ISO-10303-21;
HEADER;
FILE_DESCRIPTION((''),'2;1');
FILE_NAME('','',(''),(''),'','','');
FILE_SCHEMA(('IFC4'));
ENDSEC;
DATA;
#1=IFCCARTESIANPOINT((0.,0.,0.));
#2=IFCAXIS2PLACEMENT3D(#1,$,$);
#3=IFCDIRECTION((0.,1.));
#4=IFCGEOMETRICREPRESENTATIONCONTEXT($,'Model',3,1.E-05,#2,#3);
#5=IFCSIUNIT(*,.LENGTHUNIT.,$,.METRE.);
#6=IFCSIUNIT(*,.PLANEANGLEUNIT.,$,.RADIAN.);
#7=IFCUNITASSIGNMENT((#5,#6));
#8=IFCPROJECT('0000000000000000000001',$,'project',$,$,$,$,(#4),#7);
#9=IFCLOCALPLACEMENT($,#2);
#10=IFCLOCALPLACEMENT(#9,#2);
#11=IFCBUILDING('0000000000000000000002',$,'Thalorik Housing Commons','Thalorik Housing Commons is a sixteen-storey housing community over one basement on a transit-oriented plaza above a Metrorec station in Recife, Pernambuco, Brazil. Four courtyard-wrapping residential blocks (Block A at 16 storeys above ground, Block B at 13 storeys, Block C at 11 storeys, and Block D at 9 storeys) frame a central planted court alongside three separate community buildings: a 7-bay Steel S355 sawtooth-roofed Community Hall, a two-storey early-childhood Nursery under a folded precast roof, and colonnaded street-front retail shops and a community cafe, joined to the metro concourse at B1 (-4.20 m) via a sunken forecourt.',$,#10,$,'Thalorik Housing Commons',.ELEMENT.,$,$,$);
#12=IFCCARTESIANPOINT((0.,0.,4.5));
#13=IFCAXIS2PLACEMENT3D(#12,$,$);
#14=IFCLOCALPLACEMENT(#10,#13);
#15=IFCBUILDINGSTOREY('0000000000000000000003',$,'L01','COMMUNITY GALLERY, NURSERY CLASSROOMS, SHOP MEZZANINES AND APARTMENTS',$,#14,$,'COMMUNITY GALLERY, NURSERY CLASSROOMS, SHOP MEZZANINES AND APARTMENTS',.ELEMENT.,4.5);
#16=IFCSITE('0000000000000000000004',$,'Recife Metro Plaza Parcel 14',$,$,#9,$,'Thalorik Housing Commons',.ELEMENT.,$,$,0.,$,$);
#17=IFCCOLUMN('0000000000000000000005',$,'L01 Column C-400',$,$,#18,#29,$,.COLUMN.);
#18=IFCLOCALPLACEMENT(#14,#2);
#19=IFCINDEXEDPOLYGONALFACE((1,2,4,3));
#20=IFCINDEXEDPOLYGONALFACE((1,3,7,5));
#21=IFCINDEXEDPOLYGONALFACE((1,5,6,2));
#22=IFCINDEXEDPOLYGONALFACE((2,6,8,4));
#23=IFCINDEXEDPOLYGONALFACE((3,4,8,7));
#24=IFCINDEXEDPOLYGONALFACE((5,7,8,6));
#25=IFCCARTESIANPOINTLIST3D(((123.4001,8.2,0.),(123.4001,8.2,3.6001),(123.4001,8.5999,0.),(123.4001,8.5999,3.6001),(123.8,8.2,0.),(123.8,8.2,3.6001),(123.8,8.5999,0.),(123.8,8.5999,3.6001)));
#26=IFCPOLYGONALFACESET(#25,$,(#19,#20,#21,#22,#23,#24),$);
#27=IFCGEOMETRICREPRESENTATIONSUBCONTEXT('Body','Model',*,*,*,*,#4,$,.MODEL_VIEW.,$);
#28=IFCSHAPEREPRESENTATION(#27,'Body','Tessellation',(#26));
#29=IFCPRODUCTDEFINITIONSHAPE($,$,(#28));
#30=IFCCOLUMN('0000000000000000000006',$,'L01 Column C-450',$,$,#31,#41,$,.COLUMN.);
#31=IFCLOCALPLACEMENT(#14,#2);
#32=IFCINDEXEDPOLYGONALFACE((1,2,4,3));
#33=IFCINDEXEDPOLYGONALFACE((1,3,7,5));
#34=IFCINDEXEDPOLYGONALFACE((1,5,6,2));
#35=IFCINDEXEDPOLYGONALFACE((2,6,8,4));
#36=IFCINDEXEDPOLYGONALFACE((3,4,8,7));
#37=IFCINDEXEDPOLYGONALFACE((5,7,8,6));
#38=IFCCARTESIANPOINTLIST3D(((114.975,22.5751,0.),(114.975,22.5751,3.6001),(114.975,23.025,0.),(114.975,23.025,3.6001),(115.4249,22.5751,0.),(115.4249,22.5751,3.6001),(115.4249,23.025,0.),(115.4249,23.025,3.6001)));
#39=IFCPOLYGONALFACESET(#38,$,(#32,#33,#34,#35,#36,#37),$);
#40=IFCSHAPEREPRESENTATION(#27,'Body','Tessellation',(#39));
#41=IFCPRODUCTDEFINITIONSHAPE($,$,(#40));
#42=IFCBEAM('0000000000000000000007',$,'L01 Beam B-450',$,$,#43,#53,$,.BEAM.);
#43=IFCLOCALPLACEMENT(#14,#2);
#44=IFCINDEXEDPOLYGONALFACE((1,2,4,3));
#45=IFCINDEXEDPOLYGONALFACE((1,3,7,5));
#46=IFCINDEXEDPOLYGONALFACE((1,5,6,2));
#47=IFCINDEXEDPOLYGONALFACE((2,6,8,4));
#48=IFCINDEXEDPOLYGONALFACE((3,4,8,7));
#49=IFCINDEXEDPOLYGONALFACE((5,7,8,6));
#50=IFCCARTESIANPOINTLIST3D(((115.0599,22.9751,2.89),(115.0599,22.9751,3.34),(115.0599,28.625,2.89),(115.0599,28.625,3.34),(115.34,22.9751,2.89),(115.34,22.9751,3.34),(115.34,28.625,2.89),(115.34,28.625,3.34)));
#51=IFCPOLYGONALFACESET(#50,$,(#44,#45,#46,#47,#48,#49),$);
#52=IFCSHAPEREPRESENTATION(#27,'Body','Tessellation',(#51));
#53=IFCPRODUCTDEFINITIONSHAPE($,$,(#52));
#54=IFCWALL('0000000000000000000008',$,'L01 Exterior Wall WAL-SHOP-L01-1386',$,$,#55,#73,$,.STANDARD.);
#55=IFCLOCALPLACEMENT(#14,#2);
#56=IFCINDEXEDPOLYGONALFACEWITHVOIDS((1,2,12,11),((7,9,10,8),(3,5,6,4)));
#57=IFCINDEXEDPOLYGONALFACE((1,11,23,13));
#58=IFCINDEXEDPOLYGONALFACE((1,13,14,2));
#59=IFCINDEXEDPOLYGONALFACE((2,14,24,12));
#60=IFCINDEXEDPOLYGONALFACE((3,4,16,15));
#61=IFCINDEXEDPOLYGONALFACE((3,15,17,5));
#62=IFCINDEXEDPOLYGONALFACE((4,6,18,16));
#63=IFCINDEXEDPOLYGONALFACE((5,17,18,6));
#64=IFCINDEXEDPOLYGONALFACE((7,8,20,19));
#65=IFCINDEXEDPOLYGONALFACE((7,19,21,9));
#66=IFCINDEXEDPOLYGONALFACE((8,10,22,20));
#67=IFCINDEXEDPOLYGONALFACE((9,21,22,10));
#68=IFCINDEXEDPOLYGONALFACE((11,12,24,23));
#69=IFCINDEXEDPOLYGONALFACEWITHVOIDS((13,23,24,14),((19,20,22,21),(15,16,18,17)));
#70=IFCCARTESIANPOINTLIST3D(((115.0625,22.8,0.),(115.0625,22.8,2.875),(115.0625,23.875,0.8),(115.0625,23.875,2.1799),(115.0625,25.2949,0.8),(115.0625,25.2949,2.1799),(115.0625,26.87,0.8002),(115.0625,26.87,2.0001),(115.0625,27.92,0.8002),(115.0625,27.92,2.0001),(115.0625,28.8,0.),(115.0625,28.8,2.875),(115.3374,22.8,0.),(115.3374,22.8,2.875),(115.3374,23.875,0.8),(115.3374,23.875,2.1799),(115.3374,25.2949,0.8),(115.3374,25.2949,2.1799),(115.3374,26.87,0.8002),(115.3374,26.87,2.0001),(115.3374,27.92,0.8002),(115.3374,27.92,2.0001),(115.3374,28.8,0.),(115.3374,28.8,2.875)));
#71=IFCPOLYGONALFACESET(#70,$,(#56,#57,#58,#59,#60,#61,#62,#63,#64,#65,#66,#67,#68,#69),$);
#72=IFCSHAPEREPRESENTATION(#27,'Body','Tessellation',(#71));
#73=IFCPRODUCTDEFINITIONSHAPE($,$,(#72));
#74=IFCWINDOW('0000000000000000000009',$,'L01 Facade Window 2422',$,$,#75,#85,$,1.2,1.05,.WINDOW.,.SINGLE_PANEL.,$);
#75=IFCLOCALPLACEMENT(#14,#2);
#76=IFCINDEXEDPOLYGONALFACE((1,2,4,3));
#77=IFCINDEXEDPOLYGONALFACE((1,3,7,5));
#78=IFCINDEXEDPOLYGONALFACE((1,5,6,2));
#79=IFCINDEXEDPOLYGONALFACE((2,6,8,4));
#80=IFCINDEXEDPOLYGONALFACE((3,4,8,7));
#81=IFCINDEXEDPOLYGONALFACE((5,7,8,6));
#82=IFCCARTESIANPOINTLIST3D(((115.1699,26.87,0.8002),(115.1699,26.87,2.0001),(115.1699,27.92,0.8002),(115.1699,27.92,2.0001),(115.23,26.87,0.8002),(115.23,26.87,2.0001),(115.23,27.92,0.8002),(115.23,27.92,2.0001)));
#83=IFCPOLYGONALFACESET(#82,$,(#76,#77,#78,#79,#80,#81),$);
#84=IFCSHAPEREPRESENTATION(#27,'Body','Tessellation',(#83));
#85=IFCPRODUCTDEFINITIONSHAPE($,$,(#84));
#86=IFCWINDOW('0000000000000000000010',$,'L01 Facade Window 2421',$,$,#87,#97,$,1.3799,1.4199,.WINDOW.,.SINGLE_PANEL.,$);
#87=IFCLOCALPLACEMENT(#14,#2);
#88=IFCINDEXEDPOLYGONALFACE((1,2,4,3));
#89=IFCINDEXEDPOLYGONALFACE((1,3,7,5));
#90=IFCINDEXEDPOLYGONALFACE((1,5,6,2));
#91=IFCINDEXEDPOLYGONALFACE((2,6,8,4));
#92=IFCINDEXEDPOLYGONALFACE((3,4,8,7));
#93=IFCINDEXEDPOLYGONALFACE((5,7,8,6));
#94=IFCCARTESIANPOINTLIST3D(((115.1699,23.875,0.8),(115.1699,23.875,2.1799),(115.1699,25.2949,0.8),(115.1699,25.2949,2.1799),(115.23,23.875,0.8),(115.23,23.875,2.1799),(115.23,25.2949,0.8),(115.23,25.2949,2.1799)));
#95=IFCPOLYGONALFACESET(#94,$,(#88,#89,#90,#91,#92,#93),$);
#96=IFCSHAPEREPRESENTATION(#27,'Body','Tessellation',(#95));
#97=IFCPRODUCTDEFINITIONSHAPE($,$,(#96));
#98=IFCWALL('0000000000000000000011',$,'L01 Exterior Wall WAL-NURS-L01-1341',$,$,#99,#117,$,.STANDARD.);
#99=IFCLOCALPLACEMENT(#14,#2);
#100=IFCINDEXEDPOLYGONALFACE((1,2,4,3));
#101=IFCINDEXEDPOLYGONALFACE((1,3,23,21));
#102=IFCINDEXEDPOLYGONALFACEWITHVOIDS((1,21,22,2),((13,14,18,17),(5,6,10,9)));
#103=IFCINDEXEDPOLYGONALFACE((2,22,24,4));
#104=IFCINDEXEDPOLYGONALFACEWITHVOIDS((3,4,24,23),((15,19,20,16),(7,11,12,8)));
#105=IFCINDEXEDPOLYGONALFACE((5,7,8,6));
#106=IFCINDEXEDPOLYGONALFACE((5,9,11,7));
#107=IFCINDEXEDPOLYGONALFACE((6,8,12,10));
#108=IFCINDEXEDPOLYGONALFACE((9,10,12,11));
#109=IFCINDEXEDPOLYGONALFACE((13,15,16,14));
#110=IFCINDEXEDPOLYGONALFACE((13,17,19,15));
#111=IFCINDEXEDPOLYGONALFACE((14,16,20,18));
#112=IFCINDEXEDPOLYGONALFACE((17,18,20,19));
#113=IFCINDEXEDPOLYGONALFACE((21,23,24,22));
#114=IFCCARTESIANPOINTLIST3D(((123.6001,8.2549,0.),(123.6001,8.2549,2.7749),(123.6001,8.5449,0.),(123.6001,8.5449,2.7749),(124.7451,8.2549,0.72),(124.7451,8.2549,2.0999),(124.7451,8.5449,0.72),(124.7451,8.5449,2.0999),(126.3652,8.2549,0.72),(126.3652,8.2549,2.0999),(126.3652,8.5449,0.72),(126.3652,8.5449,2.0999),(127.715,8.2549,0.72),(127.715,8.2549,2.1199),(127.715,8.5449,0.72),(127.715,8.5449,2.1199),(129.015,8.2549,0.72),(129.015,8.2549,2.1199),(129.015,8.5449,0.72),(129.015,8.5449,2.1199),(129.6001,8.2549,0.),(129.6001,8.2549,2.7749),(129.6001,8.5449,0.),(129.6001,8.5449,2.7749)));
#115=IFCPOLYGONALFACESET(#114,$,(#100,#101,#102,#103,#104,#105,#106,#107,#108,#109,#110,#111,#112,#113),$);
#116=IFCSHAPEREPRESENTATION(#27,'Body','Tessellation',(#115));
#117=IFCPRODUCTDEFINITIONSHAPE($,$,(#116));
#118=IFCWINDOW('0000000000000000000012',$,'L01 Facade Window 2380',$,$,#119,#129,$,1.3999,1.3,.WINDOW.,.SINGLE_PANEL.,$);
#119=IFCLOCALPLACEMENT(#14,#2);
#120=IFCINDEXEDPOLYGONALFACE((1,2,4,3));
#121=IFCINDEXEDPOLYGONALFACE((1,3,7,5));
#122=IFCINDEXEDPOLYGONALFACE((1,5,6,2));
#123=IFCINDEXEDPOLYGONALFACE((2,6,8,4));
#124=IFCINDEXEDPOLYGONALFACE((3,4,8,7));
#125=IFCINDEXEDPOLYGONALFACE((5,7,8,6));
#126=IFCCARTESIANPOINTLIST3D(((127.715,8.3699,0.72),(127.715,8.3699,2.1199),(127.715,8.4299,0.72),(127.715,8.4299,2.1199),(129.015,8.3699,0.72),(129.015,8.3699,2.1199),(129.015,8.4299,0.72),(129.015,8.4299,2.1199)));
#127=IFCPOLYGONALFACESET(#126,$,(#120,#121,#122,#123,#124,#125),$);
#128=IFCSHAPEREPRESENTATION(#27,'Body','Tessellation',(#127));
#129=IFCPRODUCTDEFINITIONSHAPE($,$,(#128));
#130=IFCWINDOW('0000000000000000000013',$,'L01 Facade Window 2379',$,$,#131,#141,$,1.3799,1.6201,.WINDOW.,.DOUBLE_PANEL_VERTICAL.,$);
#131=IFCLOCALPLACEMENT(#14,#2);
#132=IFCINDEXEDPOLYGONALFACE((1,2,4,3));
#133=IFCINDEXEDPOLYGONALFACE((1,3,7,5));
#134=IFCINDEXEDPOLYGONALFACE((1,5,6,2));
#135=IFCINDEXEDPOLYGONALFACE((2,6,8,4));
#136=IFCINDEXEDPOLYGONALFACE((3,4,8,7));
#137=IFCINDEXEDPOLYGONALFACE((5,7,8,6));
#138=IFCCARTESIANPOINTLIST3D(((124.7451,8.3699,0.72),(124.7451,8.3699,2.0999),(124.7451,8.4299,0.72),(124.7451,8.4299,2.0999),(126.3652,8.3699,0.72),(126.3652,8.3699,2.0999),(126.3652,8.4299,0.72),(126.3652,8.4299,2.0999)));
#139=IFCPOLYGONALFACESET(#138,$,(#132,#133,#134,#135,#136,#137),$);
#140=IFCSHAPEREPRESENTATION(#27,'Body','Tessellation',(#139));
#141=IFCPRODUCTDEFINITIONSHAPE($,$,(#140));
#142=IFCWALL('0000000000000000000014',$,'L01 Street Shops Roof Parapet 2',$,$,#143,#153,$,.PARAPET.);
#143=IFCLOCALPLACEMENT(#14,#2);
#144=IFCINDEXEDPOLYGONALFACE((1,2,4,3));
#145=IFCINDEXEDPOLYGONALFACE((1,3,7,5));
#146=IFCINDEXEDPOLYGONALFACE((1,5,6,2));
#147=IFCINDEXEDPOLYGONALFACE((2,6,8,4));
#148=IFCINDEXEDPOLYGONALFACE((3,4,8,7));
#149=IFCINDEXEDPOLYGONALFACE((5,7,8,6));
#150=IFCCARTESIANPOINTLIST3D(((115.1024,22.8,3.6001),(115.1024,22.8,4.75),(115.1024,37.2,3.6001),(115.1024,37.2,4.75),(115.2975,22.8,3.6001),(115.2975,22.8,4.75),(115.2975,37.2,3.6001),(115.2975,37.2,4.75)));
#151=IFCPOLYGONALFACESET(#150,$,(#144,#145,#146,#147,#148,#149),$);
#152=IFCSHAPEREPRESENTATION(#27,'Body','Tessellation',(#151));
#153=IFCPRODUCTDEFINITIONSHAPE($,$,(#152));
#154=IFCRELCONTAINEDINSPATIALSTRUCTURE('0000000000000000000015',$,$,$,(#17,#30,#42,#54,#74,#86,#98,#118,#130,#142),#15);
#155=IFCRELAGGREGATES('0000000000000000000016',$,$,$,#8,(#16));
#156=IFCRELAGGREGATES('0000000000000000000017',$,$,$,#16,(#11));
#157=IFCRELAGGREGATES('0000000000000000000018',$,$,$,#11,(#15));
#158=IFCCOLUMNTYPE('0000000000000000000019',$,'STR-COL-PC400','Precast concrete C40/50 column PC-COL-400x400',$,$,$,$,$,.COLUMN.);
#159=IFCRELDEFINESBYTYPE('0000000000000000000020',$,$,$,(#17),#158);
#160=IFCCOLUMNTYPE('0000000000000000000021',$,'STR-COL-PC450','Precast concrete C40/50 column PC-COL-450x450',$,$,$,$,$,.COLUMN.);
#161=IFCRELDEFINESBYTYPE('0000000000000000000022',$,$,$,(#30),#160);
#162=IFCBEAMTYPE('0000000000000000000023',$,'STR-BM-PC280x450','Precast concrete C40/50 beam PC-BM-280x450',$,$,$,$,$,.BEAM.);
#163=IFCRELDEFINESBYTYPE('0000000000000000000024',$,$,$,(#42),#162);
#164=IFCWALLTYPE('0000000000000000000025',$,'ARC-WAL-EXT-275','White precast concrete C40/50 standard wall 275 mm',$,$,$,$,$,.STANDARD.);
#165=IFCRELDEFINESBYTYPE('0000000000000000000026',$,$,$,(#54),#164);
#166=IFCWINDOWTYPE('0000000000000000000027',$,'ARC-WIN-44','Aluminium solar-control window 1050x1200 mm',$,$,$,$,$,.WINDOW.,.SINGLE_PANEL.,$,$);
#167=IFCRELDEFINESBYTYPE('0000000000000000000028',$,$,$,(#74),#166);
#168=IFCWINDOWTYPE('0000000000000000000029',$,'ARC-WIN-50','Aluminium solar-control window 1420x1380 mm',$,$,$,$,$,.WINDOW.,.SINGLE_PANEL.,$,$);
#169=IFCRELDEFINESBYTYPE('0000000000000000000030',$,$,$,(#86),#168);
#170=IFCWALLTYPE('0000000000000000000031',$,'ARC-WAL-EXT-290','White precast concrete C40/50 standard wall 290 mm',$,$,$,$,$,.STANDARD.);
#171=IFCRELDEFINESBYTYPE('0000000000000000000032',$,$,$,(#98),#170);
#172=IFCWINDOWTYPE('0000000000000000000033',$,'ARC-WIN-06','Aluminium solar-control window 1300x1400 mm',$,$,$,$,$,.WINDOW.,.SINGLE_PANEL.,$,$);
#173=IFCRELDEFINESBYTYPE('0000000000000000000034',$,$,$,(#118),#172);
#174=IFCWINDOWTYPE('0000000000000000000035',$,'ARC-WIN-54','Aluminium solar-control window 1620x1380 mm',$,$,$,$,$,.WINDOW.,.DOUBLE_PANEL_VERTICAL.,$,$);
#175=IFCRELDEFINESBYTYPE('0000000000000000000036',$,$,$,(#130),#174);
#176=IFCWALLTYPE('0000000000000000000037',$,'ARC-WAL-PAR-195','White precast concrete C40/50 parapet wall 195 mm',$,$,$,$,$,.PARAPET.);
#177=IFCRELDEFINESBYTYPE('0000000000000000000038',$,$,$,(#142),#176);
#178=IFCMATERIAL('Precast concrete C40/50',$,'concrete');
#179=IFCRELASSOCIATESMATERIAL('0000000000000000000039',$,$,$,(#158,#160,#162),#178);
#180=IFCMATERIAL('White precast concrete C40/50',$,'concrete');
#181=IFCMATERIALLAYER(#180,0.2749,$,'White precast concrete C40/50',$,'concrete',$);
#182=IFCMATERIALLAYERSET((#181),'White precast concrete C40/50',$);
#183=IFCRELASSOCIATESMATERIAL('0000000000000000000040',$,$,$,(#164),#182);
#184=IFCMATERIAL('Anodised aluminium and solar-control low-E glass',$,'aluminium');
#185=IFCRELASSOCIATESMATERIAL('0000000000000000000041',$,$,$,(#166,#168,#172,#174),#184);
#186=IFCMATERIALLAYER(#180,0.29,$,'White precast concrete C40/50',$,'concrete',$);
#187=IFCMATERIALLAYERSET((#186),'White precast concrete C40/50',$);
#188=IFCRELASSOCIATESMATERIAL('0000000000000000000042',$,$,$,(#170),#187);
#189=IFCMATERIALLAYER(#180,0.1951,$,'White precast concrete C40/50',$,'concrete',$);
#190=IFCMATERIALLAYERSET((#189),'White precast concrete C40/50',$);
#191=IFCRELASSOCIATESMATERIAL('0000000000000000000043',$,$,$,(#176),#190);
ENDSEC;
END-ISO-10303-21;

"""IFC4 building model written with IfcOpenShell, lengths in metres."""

from ifc_helpers import new_model, si_unit, direction, frame, frame_2d, origin, origin_2d, place, context, subcontext, project, spatial, rectangle, extrude, material, layer, layer_set, material_profile, profile_set, type_object, element, fill, save


model = new_model("IFC4")

# Units and contexts
model_context = context("Model", 3, precision=1e-05, world=origin(), true_north=direction((0.0, 1.0)))
body_context = subcontext(model_context, "Body", "Model", "MODEL_VIEW")
ifc_project = project(units=[si_unit("LENGTHUNIT", "METRE"), si_unit("PLANEANGLEUNIT", "RADIAN")], contexts=[model_context])

# Site, building, storey
site_placement = place(None, origin())
site = spatial("IfcSite", under=ifc_project, at=site_placement, Name="Recife Metro Plaza Parcel 14", LongName="Thalorik Housing Commons", CompositionType="ELEMENT", RefElevation=0.0)
building_placement = place(site_placement, origin())
building = spatial("IfcBuilding", under=site, at=building_placement, Name="Thalorik Housing Commons", Description="Thalorik Housing Commons is a sixteen-storey housing community over one basement on a transit-oriented plaza above a Metrorec station in Recife, Pernambuco, Brazil. Four courtyard-wrapping residential blocks (Block A at 16 storeys above ground, Block B at 13 storeys, Block C at 11 storeys, and Block D at 9 storeys) frame a central planted court alongside three separate community buildings: a 7-bay Steel S355 sawtooth-roofed Community Hall, a two-storey early-childhood Nursery under a folded precast roof, and colonnaded street-front retail shops and a community cafe, joined to the metro concourse at B1 (-4.20 m) via a sunken forecourt.", LongName="Thalorik Housing Commons", CompositionType="ELEMENT")
storey_placement = place(building_placement, frame((0.0, 0.0, 4.5)))
storey = spatial("IfcBuildingStorey", under=building, at=storey_placement, Name="L01", Description="COMMUNITY GALLERY, NURSERY CLASSROOMS, SHOP MEZZANINES AND APARTMENTS", LongName="COMMUNITY GALLERY, NURSERY CLASSROOMS, SHOP MEZZANINES AND APARTMENTS", CompositionType="ELEMENT", Elevation=4.5)

# Columns
ifc_material_1 = material(Name="Precast concrete C40/50", Category="concrete")
ifc_material_profile_1 = material_profile(ifc_material_1, rectangle(XDim=0.3999, YDim=0.3999, at=origin_2d()), Name="PC 400x400", Category="concrete")
ifc_profile_set_1 = profile_set([ifc_material_profile_1], Name="Precast concrete C40/50")
column_type_1 = type_object("IfcColumnType", Name="STR-COL-PC400", Description="Precast concrete C40/50 column PC-COL-400x400", PredefinedType="COLUMN", material=ifc_profile_set_1)
column_1_placement = place(storey_placement, frame((123.6001, 8.3999, 0.0), z_axis=(0.0, 0.0, 1.0), x_axis=(1.0, 0.0, 0.0)))
element("IfcColumn", 1, at=column_1_placement, inside=storey, type_object=column_type_1, Name="L01 Column C-400", PredefinedType="COLUMN", context=body_context, shape_type="SweptSolid", body=[
    extrude(rectangle(XDim=0.3999, YDim=0.3999, at=origin_2d()), origin(), (0.0, 0.0, 1.0), 3.6001),
])
ifc_material_profile_2 = material_profile(ifc_material_1, rectangle(XDim=0.45, YDim=0.45, at=origin_2d()), Name="PC 450x450", Category="concrete")
ifc_profile_set_2 = profile_set([ifc_material_profile_2], Name="Precast concrete C40/50")
column_type_2 = type_object("IfcColumnType", Name="STR-COL-PC450", Description="Precast concrete C40/50 column PC-COL-450x450", PredefinedType="COLUMN", material=ifc_profile_set_2)
column_2_placement = place(storey_placement, frame((115.2, 22.8, 0.0), z_axis=(0.0, 0.0, 1.0), x_axis=(1.0, 0.0, 0.0)))
element("IfcColumn", 2, at=column_2_placement, inside=storey, type_object=column_type_2, Name="L01 Column C-450", PredefinedType="COLUMN", context=body_context, shape_type="SweptSolid", body=[
    extrude(rectangle(XDim=0.45, YDim=0.45, at=origin_2d()), origin(), (0.0, 0.0, 1.0), 3.6001),
])

# Beam
ifc_material_profile_3 = material_profile(ifc_material_1, rectangle(XDim=0.28, YDim=0.45, at=origin_2d()), Name="PC 280x450", Category="concrete")
ifc_profile_set_3 = profile_set([ifc_material_profile_3], Name="Precast concrete C40/50")
beam_type = type_object("IfcBeamType", Name="STR-BM-PC280x450", Description="Precast concrete C40/50 beam PC-BM-280x450", PredefinedType="BEAM", material=ifc_profile_set_3)
beam_placement = place(storey_placement, frame((115.2, 22.9751, 3.115), z_axis=(0.0, 1.0, 0.0), x_axis=(-1.0, 0.0, 0.0)))
element("IfcBeam", 3, at=beam_placement, inside=storey, type_object=beam_type, Name="L01 Beam B-450", PredefinedType="BEAM", context=body_context, shape_type="SweptSolid", body=[
    extrude(rectangle(XDim=0.28, YDim=0.45, at=origin_2d()), origin(), (0.0, 0.0, 1.0), 5.6499),
])

# Walls, openings, windows
ifc_material_2 = material(Name="White precast concrete C40/50", Category="concrete")
ifc_layer_1 = layer(ifc_material_2, 0.2749, Name="White precast concrete C40/50", Category="concrete")
ifc_layer_set_1 = layer_set([ifc_layer_1], Name="White precast concrete C40/50")
wall_type_1 = type_object("IfcWallType", Name="ARC-WAL-EXT-275", Description="White precast concrete C40/50 standard wall 275 mm", PredefinedType="STANDARD", material=ifc_layer_set_1)
wall_1_placement = place(storey_placement, frame((115.2, 22.8, 0.0), z_axis=(0.0, 0.0, 1.0), x_axis=(0.0, 1.0, 0.0)))
wall_1 = element("IfcWall", 4, at=wall_1_placement, inside=storey, type_object=wall_type_1, Name="L01 Exterior Wall WAL-SHOP-L01-1386", PredefinedType="STANDARD", context=body_context, shape_type="SweptSolid", body=[
    extrude(rectangle(XDim=6.0, YDim=0.2749, at=frame_2d((3.0, 0.0))), origin(), (0.0, 0.0, 1.0), 2.875),
])
opening_1_placement = place(wall_1_placement, frame((1.075, 0.0, 0.8)))
opening_1 = element("IfcOpeningElement", 5, at=opening_1_placement, cuts=wall_1, PredefinedType="OPENING", context=body_context, shape_type="SweptSolid", body=[
    extrude(rectangle(XDim=1.4199, YDim=1.3799, at=frame_2d((0.71, 0.6899))), frame((0.0, 0.1475, 0.0), z_axis=(0.0, -1.0, 0.0), x_axis=(1.0, 0.0, 0.0)), (0.0, 0.0, 1.0), 0.2949),
])
opening_2_placement = place(wall_1_placement, frame((4.0701, 0.0, 0.8)))
opening_2 = element("IfcOpeningElement", 6, at=opening_2_placement, cuts=wall_1, PredefinedType="OPENING", context=body_context, shape_type="SweptSolid", body=[
    extrude(rectangle(XDim=1.05, YDim=1.2, at=frame_2d((0.5249, 0.6001))), frame((0.0, 0.1475, 0.0), z_axis=(0.0, -1.0, 0.0), x_axis=(1.0, 0.0, 0.0)), (0.0, 0.0, 1.0), 0.2949),
])
ifc_material_3 = material(Name="Anodised aluminium and solar-control low-E glass", Category="aluminium")
window_type_1 = type_object("IfcWindowType", Name="ARC-WIN-44", Description="Aluminium solar-control window 1050x1200 mm", PartitioningType="SINGLE_PANEL", PredefinedType="WINDOW", material=ifc_material_3)
window_1_placement = place(opening_2_placement, origin())
window_1 = element("IfcWindow", 7, at=window_1_placement, inside=storey, type_object=window_type_1, Name="L01 Facade Window 2422", OverallHeight=1.2, OverallWidth=1.05, PartitioningType="SINGLE_PANEL", PredefinedType="WINDOW", context=body_context, shape_type="SweptSolid", body=[
    extrude(rectangle(XDim=1.05, YDim=1.2, at=frame_2d((0.5249, 0.6001))), frame((0.0, 0.03, 0.0), z_axis=(0.0, -1.0, 0.0), x_axis=(1.0, 0.0, 0.0)), (0.0, 0.0, 1.0), 0.0601),
])
fill(opening_2, window_1)
window_type_2 = type_object("IfcWindowType", Name="ARC-WIN-50", Description="Aluminium solar-control window 1420x1380 mm", PartitioningType="SINGLE_PANEL", PredefinedType="WINDOW", material=ifc_material_3)
window_2_placement = place(opening_1_placement, origin())
window_2 = element("IfcWindow", 8, at=window_2_placement, inside=storey, type_object=window_type_2, Name="L01 Facade Window 2421", OverallHeight=1.3799, OverallWidth=1.4199, PartitioningType="SINGLE_PANEL", PredefinedType="WINDOW", context=body_context, shape_type="SweptSolid", body=[
    extrude(rectangle(XDim=1.4199, YDim=1.3799, at=frame_2d((0.71, 0.6899))), frame((0.0, 0.03, 0.0), z_axis=(0.0, -1.0, 0.0), x_axis=(1.0, 0.0, 0.0)), (0.0, 0.0, 1.0), 0.0601),
])
fill(opening_1, window_2)
ifc_layer_2 = layer(ifc_material_2, 0.29, Name="White precast concrete C40/50", Category="concrete")
ifc_layer_set_2 = layer_set([ifc_layer_2], Name="White precast concrete C40/50")
wall_type_2 = type_object("IfcWallType", Name="ARC-WAL-EXT-290", Description="White precast concrete C40/50 standard wall 290 mm", PredefinedType="STANDARD", material=ifc_layer_set_2)
wall_2_placement = place(storey_placement, frame((123.6001, 8.3999, 0.0), z_axis=(0.0, 0.0, 1.0), x_axis=(1.0, 0.0, 0.0)))
wall_2 = element("IfcWall", 9, at=wall_2_placement, inside=storey, type_object=wall_type_2, Name="L01 Exterior Wall WAL-NURS-L01-1341", PredefinedType="STANDARD", context=body_context, shape_type="SweptSolid", body=[
    extrude(rectangle(XDim=6.0, YDim=0.29, at=frame_2d((3.0, 0.0))), origin(), (0.0, 0.0, 1.0), 2.7749),
])
opening_3_placement = place(wall_2_placement, frame((1.145, 0.0, 0.72)))
opening_3 = element("IfcOpeningElement", 10, at=opening_3_placement, cuts=wall_2, PredefinedType="OPENING", context=body_context, shape_type="SweptSolid", body=[
    extrude(rectangle(XDim=1.6201, YDim=1.3799, at=frame_2d((0.8101, 0.6899))), frame((0.0, 0.155, 0.0), z_axis=(0.0, -1.0, 0.0), x_axis=(1.0, 0.0, 0.0)), (0.0, 0.0, 1.0), 0.3101),
])
opening_4_placement = place(wall_2_placement, frame((4.115, 0.0, 0.72)))
opening_4 = element("IfcOpeningElement", 11, at=opening_4_placement, cuts=wall_2, PredefinedType="OPENING", context=body_context, shape_type="SweptSolid", body=[
    extrude(rectangle(XDim=1.3, YDim=1.3999, at=frame_2d((0.6499, 0.7))), frame((0.0, 0.155, 0.0), z_axis=(0.0, -1.0, 0.0), x_axis=(1.0, 0.0, 0.0)), (0.0, 0.0, 1.0), 0.3101),
])
window_type_3 = type_object("IfcWindowType", Name="ARC-WIN-06", Description="Aluminium solar-control window 1300x1400 mm", PartitioningType="SINGLE_PANEL", PredefinedType="WINDOW", material=ifc_material_3)
window_3_placement = place(opening_4_placement, origin())
window_3 = element("IfcWindow", 12, at=window_3_placement, inside=storey, type_object=window_type_3, Name="L01 Facade Window 2380", OverallHeight=1.3999, OverallWidth=1.3, PartitioningType="SINGLE_PANEL", PredefinedType="WINDOW", context=body_context, shape_type="SweptSolid", body=[
    extrude(rectangle(XDim=1.3, YDim=1.3999, at=frame_2d((0.6499, 0.7))), frame((0.0, 0.03, 0.0), z_axis=(0.0, -1.0, 0.0), x_axis=(1.0, 0.0, 0.0)), (0.0, 0.0, 1.0), 0.0601),
])
fill(opening_4, window_3)
window_type_4 = type_object("IfcWindowType", Name="ARC-WIN-54", Description="Aluminium solar-control window 1620x1380 mm", PartitioningType="DOUBLE_PANEL_VERTICAL", PredefinedType="WINDOW", material=ifc_material_3)
window_4_placement = place(opening_3_placement, origin())
window_4 = element("IfcWindow", 13, at=window_4_placement, inside=storey, type_object=window_type_4, Name="L01 Facade Window 2379", OverallHeight=1.3799, OverallWidth=1.6201, PartitioningType="DOUBLE_PANEL_VERTICAL", PredefinedType="WINDOW", context=body_context, shape_type="SweptSolid", body=[
    extrude(rectangle(XDim=1.6201, YDim=1.3799, at=frame_2d((0.8101, 0.6899))), frame((0.0, 0.03, 0.0), z_axis=(0.0, -1.0, 0.0), x_axis=(1.0, 0.0, 0.0)), (0.0, 0.0, 1.0), 0.0601),
])
fill(opening_3, window_4)

# Wall
ifc_layer_3 = layer(ifc_material_2, 0.1951, Name="White precast concrete C40/50", Category="concrete")
ifc_layer_set_3 = layer_set([ifc_layer_3], Name="White precast concrete C40/50")
wall_type_3 = type_object("IfcWallType", Name="ARC-WAL-PAR-195", Description="White precast concrete C40/50 parapet wall 195 mm", PredefinedType="PARAPET", material=ifc_layer_set_3)
wall_3_placement = place(storey_placement, frame((115.2, 22.8, 3.6001), z_axis=(0.0, 0.0, 1.0), x_axis=(0.0, 1.0, 0.0)))
element("IfcWall", 14, at=wall_3_placement, inside=storey, type_object=wall_type_3, Name="L01 Street Shops Roof Parapet 2", PredefinedType="PARAPET", context=body_context, shape_type="SweptSolid", body=[
    extrude(rectangle(XDim=14.3999, YDim=0.1951, at=frame_2d((7.2, 0.0))), origin(), (0.0, 0.0, 1.0), 1.1499),
])

save(model, "model.ifc")
